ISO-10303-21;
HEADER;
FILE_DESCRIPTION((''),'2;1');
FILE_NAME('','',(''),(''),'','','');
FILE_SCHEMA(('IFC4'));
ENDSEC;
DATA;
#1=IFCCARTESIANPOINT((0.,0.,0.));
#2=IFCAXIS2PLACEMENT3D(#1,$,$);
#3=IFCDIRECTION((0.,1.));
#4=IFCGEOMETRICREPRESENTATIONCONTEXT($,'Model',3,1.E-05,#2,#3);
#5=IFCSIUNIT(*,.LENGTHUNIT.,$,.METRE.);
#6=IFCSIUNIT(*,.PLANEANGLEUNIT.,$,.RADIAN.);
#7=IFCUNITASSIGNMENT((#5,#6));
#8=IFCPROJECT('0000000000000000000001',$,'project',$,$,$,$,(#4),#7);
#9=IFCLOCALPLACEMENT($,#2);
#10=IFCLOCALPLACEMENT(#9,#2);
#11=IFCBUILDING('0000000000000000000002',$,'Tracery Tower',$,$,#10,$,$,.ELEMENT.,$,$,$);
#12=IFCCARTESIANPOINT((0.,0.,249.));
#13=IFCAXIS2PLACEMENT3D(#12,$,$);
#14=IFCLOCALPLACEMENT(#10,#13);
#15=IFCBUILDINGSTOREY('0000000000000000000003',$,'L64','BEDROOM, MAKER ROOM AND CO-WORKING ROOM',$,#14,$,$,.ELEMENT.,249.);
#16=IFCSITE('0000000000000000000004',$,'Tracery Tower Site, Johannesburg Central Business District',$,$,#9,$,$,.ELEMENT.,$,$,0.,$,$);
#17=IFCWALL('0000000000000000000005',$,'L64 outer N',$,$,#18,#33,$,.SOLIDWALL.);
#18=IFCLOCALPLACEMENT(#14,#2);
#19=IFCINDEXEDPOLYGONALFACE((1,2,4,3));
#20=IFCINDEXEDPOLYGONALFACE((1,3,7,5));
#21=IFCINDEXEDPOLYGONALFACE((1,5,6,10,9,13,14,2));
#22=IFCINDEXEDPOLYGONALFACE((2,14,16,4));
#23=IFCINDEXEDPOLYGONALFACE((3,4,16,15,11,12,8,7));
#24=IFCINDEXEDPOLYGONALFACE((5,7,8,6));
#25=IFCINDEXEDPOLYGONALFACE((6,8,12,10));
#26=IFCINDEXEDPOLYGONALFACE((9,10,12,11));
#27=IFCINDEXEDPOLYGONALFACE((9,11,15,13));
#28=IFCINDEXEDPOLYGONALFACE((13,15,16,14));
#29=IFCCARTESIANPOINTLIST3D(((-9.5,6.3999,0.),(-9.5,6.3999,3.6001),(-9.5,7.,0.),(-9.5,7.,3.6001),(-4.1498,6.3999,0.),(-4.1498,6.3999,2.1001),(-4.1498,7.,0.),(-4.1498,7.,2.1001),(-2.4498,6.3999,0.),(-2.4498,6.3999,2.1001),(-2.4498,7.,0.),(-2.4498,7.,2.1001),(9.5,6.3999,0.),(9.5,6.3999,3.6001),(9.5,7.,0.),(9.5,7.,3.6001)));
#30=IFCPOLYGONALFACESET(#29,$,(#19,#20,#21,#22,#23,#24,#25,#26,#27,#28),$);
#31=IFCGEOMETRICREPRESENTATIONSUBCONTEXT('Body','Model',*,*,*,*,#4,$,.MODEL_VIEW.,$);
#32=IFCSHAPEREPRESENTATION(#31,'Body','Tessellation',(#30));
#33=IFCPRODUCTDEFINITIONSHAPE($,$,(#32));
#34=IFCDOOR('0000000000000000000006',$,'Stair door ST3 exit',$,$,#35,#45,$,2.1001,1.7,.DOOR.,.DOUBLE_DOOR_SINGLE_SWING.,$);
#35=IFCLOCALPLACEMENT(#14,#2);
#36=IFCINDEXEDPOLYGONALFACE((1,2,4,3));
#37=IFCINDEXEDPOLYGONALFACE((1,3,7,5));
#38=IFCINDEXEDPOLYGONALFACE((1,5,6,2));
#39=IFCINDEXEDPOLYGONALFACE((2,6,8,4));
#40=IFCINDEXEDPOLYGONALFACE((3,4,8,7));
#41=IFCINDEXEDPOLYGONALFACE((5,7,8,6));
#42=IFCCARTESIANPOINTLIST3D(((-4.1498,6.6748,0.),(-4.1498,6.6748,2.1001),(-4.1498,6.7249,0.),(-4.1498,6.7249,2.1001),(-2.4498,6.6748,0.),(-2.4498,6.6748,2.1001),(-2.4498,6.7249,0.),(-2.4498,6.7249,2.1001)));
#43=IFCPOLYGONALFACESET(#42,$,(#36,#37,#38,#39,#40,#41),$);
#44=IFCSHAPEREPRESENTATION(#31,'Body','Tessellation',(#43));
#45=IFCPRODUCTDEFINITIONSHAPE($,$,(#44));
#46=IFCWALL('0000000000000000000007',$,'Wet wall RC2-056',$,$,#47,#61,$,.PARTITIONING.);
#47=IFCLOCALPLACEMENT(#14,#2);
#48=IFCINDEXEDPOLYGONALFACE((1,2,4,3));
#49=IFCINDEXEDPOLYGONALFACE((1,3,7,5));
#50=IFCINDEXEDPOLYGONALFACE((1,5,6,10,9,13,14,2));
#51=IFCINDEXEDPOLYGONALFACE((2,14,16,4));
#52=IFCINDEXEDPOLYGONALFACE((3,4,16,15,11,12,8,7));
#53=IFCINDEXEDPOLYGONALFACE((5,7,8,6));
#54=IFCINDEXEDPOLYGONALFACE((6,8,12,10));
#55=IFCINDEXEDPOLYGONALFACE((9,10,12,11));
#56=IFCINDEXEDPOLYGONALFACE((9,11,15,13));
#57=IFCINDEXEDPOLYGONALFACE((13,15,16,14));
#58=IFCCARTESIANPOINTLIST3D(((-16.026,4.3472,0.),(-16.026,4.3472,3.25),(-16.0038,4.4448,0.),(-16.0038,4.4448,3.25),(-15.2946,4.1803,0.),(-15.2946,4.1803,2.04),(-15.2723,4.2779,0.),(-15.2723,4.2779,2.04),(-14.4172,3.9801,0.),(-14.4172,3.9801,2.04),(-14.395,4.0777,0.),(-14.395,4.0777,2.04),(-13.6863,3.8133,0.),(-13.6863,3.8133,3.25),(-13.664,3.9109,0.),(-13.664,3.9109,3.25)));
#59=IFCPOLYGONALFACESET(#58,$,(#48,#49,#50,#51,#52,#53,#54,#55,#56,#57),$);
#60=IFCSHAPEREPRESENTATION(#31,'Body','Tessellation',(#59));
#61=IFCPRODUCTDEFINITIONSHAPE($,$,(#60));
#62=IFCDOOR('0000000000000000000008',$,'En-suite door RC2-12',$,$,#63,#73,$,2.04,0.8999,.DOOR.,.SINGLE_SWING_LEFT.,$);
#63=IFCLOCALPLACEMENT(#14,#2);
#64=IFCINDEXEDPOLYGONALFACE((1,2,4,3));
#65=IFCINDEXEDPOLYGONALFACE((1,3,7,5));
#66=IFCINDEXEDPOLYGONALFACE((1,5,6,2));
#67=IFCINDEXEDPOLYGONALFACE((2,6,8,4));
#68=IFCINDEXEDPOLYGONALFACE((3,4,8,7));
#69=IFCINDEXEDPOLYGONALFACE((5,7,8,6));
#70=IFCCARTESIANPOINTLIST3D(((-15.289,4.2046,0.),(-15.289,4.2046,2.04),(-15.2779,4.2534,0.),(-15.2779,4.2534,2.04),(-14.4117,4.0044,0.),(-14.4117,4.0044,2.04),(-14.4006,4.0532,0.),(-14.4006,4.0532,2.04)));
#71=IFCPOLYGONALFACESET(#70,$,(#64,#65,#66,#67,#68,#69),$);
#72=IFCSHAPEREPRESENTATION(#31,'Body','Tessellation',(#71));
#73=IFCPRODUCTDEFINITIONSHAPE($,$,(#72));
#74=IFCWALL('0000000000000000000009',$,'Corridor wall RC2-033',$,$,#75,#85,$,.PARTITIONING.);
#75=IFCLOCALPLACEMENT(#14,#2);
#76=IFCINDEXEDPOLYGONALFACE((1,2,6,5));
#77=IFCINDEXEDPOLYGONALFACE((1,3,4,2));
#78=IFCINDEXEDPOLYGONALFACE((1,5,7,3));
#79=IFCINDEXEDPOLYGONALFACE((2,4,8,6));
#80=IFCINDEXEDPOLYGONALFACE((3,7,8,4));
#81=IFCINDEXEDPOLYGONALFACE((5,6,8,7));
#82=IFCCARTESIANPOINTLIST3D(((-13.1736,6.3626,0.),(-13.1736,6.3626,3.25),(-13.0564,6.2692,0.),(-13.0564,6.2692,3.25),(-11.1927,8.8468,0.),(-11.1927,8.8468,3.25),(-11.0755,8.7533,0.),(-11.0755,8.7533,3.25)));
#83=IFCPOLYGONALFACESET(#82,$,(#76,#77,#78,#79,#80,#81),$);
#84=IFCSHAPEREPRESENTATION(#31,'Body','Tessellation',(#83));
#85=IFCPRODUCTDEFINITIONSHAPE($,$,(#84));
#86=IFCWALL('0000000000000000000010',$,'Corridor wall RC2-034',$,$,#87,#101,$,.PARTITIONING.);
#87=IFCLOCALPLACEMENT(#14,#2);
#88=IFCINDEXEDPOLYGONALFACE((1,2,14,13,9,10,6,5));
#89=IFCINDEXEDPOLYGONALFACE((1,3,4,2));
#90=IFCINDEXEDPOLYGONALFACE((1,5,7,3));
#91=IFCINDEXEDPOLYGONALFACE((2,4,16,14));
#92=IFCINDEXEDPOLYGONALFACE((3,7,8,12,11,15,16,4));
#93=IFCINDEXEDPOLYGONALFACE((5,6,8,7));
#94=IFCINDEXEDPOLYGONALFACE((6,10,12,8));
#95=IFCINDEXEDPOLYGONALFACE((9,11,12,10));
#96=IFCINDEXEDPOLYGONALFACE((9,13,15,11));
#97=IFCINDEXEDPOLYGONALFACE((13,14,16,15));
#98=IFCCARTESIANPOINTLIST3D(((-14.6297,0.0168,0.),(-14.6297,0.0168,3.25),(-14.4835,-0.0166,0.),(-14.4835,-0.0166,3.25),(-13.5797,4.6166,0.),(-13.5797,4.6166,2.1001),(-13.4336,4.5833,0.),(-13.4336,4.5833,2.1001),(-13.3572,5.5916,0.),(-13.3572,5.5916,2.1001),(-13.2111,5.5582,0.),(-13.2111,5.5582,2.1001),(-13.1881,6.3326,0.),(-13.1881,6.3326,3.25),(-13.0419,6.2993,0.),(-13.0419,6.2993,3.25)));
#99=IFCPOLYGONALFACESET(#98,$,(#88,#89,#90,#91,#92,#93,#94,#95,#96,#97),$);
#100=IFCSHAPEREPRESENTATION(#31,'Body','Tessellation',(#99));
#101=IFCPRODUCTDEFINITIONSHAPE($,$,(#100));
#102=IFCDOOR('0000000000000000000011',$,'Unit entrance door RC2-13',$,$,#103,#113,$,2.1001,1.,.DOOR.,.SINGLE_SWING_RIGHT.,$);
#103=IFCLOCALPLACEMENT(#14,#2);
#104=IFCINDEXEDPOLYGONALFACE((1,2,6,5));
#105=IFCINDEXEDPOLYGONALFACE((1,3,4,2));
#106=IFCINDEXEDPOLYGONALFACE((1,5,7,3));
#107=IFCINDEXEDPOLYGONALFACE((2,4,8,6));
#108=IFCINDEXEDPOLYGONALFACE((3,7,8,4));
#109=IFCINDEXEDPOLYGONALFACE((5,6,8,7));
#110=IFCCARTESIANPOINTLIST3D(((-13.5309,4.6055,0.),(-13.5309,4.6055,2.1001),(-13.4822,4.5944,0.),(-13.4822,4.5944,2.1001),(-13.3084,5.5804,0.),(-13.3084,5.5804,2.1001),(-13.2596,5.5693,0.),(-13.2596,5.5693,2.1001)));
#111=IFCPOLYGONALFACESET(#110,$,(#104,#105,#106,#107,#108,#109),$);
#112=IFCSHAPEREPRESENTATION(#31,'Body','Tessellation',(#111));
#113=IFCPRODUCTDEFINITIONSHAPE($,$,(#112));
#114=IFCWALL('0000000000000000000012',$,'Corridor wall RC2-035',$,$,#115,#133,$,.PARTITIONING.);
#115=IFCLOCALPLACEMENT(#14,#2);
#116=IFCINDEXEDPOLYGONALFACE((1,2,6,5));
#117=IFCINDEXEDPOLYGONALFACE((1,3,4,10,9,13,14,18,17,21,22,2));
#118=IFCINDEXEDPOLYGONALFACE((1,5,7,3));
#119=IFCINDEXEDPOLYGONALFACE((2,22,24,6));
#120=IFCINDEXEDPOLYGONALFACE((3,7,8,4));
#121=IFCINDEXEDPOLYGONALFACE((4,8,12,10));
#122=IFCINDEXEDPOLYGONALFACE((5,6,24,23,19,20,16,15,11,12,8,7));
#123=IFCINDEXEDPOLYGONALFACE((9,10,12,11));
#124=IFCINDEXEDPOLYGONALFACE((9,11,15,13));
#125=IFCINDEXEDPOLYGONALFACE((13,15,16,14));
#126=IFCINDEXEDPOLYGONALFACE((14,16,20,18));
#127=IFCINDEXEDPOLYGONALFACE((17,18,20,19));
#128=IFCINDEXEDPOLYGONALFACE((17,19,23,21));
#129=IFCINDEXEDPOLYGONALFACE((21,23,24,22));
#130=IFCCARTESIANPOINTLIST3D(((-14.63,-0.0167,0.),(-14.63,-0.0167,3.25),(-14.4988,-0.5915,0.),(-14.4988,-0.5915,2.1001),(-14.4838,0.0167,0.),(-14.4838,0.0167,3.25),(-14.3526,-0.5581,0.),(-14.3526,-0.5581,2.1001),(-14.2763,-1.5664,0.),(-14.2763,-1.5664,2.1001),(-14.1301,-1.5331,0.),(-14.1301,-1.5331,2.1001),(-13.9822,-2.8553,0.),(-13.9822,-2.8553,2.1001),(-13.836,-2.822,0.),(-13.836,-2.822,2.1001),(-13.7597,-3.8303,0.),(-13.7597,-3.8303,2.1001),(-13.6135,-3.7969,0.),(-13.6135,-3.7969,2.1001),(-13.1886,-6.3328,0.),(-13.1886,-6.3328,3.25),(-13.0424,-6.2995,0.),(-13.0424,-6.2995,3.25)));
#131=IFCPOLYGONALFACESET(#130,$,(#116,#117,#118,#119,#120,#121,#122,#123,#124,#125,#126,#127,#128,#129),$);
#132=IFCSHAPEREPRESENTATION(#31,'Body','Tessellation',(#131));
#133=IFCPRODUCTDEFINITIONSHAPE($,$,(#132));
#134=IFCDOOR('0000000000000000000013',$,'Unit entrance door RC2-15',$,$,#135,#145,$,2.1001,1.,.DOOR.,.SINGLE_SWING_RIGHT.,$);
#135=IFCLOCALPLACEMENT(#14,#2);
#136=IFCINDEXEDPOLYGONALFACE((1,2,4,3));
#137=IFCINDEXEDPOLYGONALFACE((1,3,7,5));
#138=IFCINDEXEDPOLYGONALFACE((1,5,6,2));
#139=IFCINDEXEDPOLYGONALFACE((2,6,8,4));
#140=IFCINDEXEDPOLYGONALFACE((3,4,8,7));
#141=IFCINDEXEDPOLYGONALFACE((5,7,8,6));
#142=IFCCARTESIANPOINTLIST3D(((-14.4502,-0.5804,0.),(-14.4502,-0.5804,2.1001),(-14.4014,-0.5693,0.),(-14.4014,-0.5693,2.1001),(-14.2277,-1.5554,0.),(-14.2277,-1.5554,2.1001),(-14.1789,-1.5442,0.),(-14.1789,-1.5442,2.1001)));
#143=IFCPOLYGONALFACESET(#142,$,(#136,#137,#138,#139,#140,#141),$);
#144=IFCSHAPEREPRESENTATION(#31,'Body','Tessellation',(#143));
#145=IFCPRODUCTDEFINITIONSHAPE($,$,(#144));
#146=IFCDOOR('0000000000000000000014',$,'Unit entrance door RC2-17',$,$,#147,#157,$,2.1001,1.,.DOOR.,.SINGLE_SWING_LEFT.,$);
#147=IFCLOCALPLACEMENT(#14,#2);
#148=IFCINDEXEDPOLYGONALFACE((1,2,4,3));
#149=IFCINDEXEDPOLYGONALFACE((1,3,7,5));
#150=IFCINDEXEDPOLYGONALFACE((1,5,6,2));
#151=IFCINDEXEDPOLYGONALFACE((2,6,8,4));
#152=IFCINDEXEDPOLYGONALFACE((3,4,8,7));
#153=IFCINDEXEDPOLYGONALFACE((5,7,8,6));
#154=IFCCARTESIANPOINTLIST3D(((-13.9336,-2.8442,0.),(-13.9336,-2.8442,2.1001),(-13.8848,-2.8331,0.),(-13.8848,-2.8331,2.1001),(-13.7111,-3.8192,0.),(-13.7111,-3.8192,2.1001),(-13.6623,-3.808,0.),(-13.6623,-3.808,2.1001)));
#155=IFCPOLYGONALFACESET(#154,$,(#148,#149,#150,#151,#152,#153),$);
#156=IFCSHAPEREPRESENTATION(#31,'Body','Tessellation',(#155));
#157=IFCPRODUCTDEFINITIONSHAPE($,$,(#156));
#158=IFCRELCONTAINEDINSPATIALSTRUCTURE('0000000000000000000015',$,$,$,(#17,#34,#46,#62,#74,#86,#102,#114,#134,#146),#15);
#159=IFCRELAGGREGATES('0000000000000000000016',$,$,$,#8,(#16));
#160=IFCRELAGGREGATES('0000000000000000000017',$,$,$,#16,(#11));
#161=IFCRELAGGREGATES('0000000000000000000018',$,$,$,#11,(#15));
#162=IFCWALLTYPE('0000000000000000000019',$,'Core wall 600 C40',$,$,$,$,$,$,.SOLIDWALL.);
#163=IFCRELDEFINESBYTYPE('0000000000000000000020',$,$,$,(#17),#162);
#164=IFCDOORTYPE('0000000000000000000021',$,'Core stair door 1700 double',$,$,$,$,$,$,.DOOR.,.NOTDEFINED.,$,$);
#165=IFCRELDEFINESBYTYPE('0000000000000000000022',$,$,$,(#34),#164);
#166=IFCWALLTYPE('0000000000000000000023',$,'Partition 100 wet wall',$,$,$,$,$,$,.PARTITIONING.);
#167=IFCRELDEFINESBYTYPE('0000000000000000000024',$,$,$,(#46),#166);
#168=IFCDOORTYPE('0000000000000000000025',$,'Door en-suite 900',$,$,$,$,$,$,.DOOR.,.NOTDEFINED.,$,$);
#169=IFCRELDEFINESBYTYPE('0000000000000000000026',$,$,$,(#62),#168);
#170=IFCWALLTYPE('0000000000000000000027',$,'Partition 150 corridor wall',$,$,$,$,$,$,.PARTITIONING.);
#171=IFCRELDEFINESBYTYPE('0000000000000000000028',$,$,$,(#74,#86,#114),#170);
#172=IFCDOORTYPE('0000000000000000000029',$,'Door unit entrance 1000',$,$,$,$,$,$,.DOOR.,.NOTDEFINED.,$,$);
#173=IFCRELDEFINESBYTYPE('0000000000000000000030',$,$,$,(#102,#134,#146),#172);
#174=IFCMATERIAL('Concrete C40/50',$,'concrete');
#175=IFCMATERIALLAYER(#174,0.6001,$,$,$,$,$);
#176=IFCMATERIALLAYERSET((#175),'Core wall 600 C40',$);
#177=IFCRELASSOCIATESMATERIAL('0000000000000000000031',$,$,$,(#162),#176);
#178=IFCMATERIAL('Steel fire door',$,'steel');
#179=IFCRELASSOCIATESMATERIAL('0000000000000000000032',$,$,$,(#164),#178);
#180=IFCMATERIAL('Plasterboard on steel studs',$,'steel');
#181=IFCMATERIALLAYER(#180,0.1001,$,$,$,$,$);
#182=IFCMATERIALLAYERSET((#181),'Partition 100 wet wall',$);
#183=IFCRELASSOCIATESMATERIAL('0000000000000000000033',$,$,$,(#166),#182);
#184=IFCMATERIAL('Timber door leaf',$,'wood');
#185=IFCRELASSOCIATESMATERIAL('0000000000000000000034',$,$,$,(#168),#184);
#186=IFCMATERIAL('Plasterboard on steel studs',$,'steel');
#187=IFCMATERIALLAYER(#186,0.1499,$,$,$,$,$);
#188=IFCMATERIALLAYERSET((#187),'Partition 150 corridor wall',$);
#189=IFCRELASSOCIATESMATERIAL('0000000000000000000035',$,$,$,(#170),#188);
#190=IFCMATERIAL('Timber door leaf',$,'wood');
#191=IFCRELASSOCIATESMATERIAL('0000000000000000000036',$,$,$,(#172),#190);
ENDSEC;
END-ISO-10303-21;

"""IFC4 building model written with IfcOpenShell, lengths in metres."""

from ifc_helpers import new_model, si_unit, direction, frame, frame_2d, origin, place, context, subcontext, project, spatial, rectangle, extrude, material, layer, layer_set, type_object, element, fill, save


model = new_model("IFC4")

# Units and contexts
model_context = context("Model", 3, precision=1e-05, world=origin(), true_north=direction((0.0, 1.0)))
body_context = subcontext(model_context, "Body", "Model", "MODEL_VIEW")
ifc_project = project(units=[si_unit("LENGTHUNIT", "METRE"), si_unit("PLANEANGLEUNIT", "RADIAN")], contexts=[model_context])

# Site, building, storey
site_placement = place(None, origin())
site = spatial("IfcSite", under=ifc_project, at=site_placement, Name="Tracery Tower Site, Johannesburg Central Business District", CompositionType="ELEMENT", RefElevation=0.0)
building_placement = place(site_placement, origin())
building = spatial("IfcBuilding", under=site, at=building_placement, Name="Tracery Tower", CompositionType="ELEMENT")
storey_placement = place(building_placement, frame((0.0, 0.0, 249.0)))
storey = spatial("IfcBuildingStorey", under=building, at=storey_placement, Name="L64", Description="BEDROOM, MAKER ROOM AND CO-WORKING ROOM", CompositionType="ELEMENT", Elevation=249.0)

# Walls, openings, doors
ifc_material_1 = material(Name="Concrete C40/50", Category="concrete")
ifc_layer_1 = layer(ifc_material_1, 0.6001)
ifc_layer_set_1 = layer_set([ifc_layer_1], Name="Core wall 600 C40")
wall_type_1 = type_object("IfcWallType", Name="Core wall 600 C40", PredefinedType="SOLIDWALL", material=ifc_layer_set_1)
wall_1_placement = place(storey_placement, frame((-9.5, 6.7, 0.0), z_axis=(0.0, 0.0, 1.0), x_axis=(1.0, 0.0, 0.0)))
wall_1 = element("IfcWall", 1, at=wall_1_placement, inside=storey, type_object=wall_type_1, Name="L64 outer N", PredefinedType="SOLIDWALL", context=body_context, shape_type="SweptSolid", body=[
    extrude(rectangle(XDim=19.0, YDim=0.6001, at=frame_2d((9.5, 0.0))), origin(), (0.0, 0.0, 1.0), 3.6001),
])
opening_1_placement = place(wall_1_placement, frame((5.3501, 0.0, 0.0)))
opening_1 = element("IfcOpeningElement", 2, at=opening_1_placement, cuts=wall_1, PredefinedType="OPENING", context=body_context, shape_type="SweptSolid", body=[
    extrude(rectangle(XDim=1.7, YDim=2.1001, at=frame_2d((0.8501, 1.05))), frame((0.0, 0.3, 0.0), z_axis=(0.0, -1.0, 0.0), x_axis=(1.0, 0.0, 0.0)), (0.0, 0.0, 1.0), 0.6001),
])
ifc_material_2 = material(Name="Steel fire door", Category="steel")
door_type_1 = type_object("IfcDoorType", Name="Core stair door 1700 double", OperationType="NOTDEFINED", PredefinedType="DOOR", material=ifc_material_2)
door_1_placement = place(opening_1_placement, origin())
door_1 = element("IfcDoor", 3, at=door_1_placement, inside=storey, type_object=door_type_1, Name="Stair door ST3 exit", OperationType="DOUBLE_DOOR_SINGLE_SWING", OverallHeight=2.1001, OverallWidth=1.7, PredefinedType="DOOR", context=body_context, shape_type="SweptSolid", body=[
    extrude(rectangle(XDim=1.7, YDim=2.1001, at=frame_2d((0.8501, 1.05))), frame((0.0, 0.0249, 0.0), z_axis=(0.0, -1.0, 0.0), x_axis=(1.0, 0.0, 0.0)), (0.0, 0.0, 1.0), 0.05),
])
fill(opening_1, door_1)
ifc_material_3 = material(Name="Plasterboard on steel studs", Category="steel")
ifc_layer_2 = layer(ifc_material_3, 0.1001)
ifc_layer_set_2 = layer_set([ifc_layer_2], Name="Partition 100 wet wall")
wall_type_2 = type_object("IfcWallType", Name="Partition 100 wet wall", PredefinedType="PARTITIONING", material=ifc_layer_set_2)
wall_2_placement = place(storey_placement, frame((-16.0149, 4.396, 0.0), z_axis=(0.0, 0.0, 1.0), x_axis=(0.974939, -0.222474, 0.0)))
wall_2 = element("IfcWall", 4, at=wall_2_placement, inside=storey, type_object=wall_type_2, Name="Wet wall RC2-056", PredefinedType="PARTITIONING", context=body_context, shape_type="SweptSolid", body=[
    extrude(rectangle(XDim=2.3999, YDim=0.1001, at=frame_2d((1.2, 0.0))), origin(), (0.0, 0.0, 1.0), 3.25),
])
opening_2_placement = place(wall_2_placement, frame((0.7502, 0.0, 0.0)))
opening_2 = element("IfcOpeningElement", 5, at=opening_2_placement, cuts=wall_2, PredefinedType="OPENING", context=body_context, shape_type="SweptSolid", body=[
    extrude(rectangle(XDim=0.8999, YDim=2.04, at=frame_2d((0.45, 1.02))), frame((0.0, 0.05, 0.0), z_axis=(0.0, -1.0, 0.0), x_axis=(1.0, 0.0, 0.0)), (0.0, 0.0, 1.0), 0.1001),
])
ifc_material_4 = material(Name="Timber door leaf", Category="wood")
door_type_2 = type_object("IfcDoorType", Name="Door en-suite 900", OperationType="NOTDEFINED", PredefinedType="DOOR", material=ifc_material_4)
door_2_placement = place(opening_2_placement, origin())
door_2 = element("IfcDoor", 6, at=door_2_placement, inside=storey, type_object=door_type_2, Name="En-suite door RC2-12", OperationType="SINGLE_SWING_LEFT", OverallHeight=2.04, OverallWidth=0.8999, PredefinedType="DOOR", context=body_context, shape_type="SweptSolid", body=[
    extrude(rectangle(XDim=0.8999, YDim=2.04, at=frame_2d((0.45, 1.02))), frame((0.0, 0.0249, 0.0), z_axis=(0.0, -1.0, 0.0), x_axis=(1.0, 0.0, 0.0)), (0.0, 0.0, 1.0), 0.05),
])
fill(opening_2, door_2)

# Wall
ifc_material_5 = material(Name="Plasterboard on steel studs", Category="steel")
ifc_layer_3 = layer(ifc_material_5, 0.1499)
ifc_layer_set_3 = layer_set([ifc_layer_3], Name="Partition 150 corridor wall")
wall_type_3 = type_object("IfcWallType", Name="Partition 150 corridor wall", PredefinedType="PARTITIONING", material=ifc_layer_set_3)
wall_3_placement = place(storey_placement, frame((-13.115, 6.3159, 0.0), z_axis=(0.0, 0.0, 1.0), x_axis=(0.623476, 0.781842, 0.0)))
element("IfcWall", 7, at=wall_3_placement, inside=storey, type_object=wall_type_3, Name="Corridor wall RC2-033", PredefinedType="PARTITIONING", context=body_context, shape_type="SweptSolid", body=[
    extrude(rectangle(XDim=3.1772, YDim=0.1499, at=frame_2d((1.5886, 0.0))), origin(), (0.0, 0.0, 1.0), 3.25),
])

# Wall, opening, door
wall_4_placement = place(storey_placement, frame((-14.5566, 0.0, 0.0), z_axis=(0.0, 0.0, 1.0), x_axis=(0.222533, 0.974925, 0.0)))
wall_4 = element("IfcWall", 8, at=wall_4_placement, inside=storey, type_object=wall_type_3, Name="Corridor wall RC2-034", PredefinedType="PARTITIONING", context=body_context, shape_type="SweptSolid", body=[
    extrude(rectangle(XDim=6.4783, YDim=0.1499, at=frame_2d((3.2393, 0.0))), origin(), (0.0, 0.0, 1.0), 3.25),
])
opening_3_placement = place(wall_4_placement, frame((4.7183, 0.0, 0.0)))
opening_3 = element("IfcOpeningElement", 9, at=opening_3_placement, cuts=wall_4, PredefinedType="OPENING", context=body_context, shape_type="SweptSolid", body=[
    extrude(rectangle(XDim=1.0, YDim=2.1001, at=frame_2d((0.5, 1.05))), frame((0.0, 0.075, 0.0), z_axis=(0.0, -1.0, 0.0), x_axis=(1.0, 0.0, 0.0)), (0.0, 0.0, 1.0), 0.1499),
])
ifc_material_6 = material(Name="Timber door leaf", Category="wood")
door_type_3 = type_object("IfcDoorType", Name="Door unit entrance 1000", OperationType="NOTDEFINED", PredefinedType="DOOR", material=ifc_material_6)
door_3_placement = place(opening_3_placement, origin())
door_3 = element("IfcDoor", 10, at=door_3_placement, inside=storey, type_object=door_type_3, Name="Unit entrance door RC2-13", OperationType="SINGLE_SWING_RIGHT", OverallHeight=2.1001, OverallWidth=1.0, PredefinedType="DOOR", context=body_context, shape_type="SweptSolid", body=[
    extrude(rectangle(XDim=1.0, YDim=2.1001, at=frame_2d((0.5, 1.05))), frame((0.0, 0.0249, 0.0), z_axis=(0.0, -1.0, 0.0), x_axis=(1.0, 0.0, 0.0)), (0.0, 0.0, 1.0), 0.05),
])
fill(opening_3, door_3)

# Wall, openings, doors
wall_5_placement = place(storey_placement, frame((-14.5569, 0.0, 0.0), z_axis=(0.0, 0.0, 1.0), x_axis=(0.222489, -0.974935, 0.0)))
wall_5 = element("IfcWall", 11, at=wall_5_placement, inside=storey, type_object=wall_type_3, Name="Corridor wall RC2-035", PredefinedType="PARTITIONING", context=body_context, shape_type="SweptSolid", body=[
    extrude(rectangle(XDim=6.4785, YDim=0.1499, at=frame_2d((3.2393, 0.0))), origin(), (0.0, 0.0, 1.0), 3.25),
])
opening_4_placement = place(wall_5_placement, frame((0.5896, 0.0, 0.0)))
opening_4 = element("IfcOpeningElement", 12, at=opening_4_placement, cuts=wall_5, PredefinedType="OPENING", context=body_context, shape_type="SweptSolid", body=[
    extrude(rectangle(XDim=1.0, YDim=2.1001, at=frame_2d((0.5, 1.05))), frame((0.0, 0.075, 0.0), z_axis=(0.0, -1.0, 0.0), x_axis=(1.0, 0.0, 0.0)), (0.0, 0.0, 1.0), 0.1499),
])
opening_5_placement = place(wall_5_placement, frame((2.9116, 0.0, 0.0)))
opening_5 = element("IfcOpeningElement", 13, at=opening_5_placement, cuts=wall_5, PredefinedType="OPENING", context=body_context, shape_type="SweptSolid", body=[
    extrude(rectangle(XDim=1.0, YDim=2.1001, at=frame_2d((0.5, 1.05))), frame((0.0, 0.075, 0.0), z_axis=(0.0, -1.0, 0.0), x_axis=(1.0, 0.0, 0.0)), (0.0, 0.0, 1.0), 0.1499),
])
door_4_placement = place(opening_4_placement, origin())
door_4 = element("IfcDoor", 14, at=door_4_placement, inside=storey, type_object=door_type_3, Name="Unit entrance door RC2-15", OperationType="SINGLE_SWING_RIGHT", OverallHeight=2.1001, OverallWidth=1.0, PredefinedType="DOOR", context=body_context, shape_type="SweptSolid", body=[
    extrude(rectangle(XDim=1.0, YDim=2.1001, at=frame_2d((0.5, 1.05))), frame((0.0, 0.0249, 0.0), z_axis=(0.0, -1.0, 0.0), x_axis=(1.0, 0.0, 0.0)), (0.0, 0.0, 1.0), 0.05),
])
fill(opening_4, door_4)
door_5_placement = place(opening_5_placement, origin())
door_5 = element("IfcDoor", 15, at=door_5_placement, inside=storey, type_object=door_type_3, Name="Unit entrance door RC2-17", OperationType="SINGLE_SWING_LEFT", OverallHeight=2.1001, OverallWidth=1.0, PredefinedType="DOOR", context=body_context, shape_type="SweptSolid", body=[
    extrude(rectangle(XDim=1.0, YDim=2.1001, at=frame_2d((0.5, 1.05))), frame((0.0, 0.0249, 0.0), z_axis=(0.0, -1.0, 0.0), x_axis=(1.0, 0.0, 0.0)), (0.0, 0.0, 1.0), 0.05),
])
fill(opening_5, door_5)

save(model, "model.ifc")
